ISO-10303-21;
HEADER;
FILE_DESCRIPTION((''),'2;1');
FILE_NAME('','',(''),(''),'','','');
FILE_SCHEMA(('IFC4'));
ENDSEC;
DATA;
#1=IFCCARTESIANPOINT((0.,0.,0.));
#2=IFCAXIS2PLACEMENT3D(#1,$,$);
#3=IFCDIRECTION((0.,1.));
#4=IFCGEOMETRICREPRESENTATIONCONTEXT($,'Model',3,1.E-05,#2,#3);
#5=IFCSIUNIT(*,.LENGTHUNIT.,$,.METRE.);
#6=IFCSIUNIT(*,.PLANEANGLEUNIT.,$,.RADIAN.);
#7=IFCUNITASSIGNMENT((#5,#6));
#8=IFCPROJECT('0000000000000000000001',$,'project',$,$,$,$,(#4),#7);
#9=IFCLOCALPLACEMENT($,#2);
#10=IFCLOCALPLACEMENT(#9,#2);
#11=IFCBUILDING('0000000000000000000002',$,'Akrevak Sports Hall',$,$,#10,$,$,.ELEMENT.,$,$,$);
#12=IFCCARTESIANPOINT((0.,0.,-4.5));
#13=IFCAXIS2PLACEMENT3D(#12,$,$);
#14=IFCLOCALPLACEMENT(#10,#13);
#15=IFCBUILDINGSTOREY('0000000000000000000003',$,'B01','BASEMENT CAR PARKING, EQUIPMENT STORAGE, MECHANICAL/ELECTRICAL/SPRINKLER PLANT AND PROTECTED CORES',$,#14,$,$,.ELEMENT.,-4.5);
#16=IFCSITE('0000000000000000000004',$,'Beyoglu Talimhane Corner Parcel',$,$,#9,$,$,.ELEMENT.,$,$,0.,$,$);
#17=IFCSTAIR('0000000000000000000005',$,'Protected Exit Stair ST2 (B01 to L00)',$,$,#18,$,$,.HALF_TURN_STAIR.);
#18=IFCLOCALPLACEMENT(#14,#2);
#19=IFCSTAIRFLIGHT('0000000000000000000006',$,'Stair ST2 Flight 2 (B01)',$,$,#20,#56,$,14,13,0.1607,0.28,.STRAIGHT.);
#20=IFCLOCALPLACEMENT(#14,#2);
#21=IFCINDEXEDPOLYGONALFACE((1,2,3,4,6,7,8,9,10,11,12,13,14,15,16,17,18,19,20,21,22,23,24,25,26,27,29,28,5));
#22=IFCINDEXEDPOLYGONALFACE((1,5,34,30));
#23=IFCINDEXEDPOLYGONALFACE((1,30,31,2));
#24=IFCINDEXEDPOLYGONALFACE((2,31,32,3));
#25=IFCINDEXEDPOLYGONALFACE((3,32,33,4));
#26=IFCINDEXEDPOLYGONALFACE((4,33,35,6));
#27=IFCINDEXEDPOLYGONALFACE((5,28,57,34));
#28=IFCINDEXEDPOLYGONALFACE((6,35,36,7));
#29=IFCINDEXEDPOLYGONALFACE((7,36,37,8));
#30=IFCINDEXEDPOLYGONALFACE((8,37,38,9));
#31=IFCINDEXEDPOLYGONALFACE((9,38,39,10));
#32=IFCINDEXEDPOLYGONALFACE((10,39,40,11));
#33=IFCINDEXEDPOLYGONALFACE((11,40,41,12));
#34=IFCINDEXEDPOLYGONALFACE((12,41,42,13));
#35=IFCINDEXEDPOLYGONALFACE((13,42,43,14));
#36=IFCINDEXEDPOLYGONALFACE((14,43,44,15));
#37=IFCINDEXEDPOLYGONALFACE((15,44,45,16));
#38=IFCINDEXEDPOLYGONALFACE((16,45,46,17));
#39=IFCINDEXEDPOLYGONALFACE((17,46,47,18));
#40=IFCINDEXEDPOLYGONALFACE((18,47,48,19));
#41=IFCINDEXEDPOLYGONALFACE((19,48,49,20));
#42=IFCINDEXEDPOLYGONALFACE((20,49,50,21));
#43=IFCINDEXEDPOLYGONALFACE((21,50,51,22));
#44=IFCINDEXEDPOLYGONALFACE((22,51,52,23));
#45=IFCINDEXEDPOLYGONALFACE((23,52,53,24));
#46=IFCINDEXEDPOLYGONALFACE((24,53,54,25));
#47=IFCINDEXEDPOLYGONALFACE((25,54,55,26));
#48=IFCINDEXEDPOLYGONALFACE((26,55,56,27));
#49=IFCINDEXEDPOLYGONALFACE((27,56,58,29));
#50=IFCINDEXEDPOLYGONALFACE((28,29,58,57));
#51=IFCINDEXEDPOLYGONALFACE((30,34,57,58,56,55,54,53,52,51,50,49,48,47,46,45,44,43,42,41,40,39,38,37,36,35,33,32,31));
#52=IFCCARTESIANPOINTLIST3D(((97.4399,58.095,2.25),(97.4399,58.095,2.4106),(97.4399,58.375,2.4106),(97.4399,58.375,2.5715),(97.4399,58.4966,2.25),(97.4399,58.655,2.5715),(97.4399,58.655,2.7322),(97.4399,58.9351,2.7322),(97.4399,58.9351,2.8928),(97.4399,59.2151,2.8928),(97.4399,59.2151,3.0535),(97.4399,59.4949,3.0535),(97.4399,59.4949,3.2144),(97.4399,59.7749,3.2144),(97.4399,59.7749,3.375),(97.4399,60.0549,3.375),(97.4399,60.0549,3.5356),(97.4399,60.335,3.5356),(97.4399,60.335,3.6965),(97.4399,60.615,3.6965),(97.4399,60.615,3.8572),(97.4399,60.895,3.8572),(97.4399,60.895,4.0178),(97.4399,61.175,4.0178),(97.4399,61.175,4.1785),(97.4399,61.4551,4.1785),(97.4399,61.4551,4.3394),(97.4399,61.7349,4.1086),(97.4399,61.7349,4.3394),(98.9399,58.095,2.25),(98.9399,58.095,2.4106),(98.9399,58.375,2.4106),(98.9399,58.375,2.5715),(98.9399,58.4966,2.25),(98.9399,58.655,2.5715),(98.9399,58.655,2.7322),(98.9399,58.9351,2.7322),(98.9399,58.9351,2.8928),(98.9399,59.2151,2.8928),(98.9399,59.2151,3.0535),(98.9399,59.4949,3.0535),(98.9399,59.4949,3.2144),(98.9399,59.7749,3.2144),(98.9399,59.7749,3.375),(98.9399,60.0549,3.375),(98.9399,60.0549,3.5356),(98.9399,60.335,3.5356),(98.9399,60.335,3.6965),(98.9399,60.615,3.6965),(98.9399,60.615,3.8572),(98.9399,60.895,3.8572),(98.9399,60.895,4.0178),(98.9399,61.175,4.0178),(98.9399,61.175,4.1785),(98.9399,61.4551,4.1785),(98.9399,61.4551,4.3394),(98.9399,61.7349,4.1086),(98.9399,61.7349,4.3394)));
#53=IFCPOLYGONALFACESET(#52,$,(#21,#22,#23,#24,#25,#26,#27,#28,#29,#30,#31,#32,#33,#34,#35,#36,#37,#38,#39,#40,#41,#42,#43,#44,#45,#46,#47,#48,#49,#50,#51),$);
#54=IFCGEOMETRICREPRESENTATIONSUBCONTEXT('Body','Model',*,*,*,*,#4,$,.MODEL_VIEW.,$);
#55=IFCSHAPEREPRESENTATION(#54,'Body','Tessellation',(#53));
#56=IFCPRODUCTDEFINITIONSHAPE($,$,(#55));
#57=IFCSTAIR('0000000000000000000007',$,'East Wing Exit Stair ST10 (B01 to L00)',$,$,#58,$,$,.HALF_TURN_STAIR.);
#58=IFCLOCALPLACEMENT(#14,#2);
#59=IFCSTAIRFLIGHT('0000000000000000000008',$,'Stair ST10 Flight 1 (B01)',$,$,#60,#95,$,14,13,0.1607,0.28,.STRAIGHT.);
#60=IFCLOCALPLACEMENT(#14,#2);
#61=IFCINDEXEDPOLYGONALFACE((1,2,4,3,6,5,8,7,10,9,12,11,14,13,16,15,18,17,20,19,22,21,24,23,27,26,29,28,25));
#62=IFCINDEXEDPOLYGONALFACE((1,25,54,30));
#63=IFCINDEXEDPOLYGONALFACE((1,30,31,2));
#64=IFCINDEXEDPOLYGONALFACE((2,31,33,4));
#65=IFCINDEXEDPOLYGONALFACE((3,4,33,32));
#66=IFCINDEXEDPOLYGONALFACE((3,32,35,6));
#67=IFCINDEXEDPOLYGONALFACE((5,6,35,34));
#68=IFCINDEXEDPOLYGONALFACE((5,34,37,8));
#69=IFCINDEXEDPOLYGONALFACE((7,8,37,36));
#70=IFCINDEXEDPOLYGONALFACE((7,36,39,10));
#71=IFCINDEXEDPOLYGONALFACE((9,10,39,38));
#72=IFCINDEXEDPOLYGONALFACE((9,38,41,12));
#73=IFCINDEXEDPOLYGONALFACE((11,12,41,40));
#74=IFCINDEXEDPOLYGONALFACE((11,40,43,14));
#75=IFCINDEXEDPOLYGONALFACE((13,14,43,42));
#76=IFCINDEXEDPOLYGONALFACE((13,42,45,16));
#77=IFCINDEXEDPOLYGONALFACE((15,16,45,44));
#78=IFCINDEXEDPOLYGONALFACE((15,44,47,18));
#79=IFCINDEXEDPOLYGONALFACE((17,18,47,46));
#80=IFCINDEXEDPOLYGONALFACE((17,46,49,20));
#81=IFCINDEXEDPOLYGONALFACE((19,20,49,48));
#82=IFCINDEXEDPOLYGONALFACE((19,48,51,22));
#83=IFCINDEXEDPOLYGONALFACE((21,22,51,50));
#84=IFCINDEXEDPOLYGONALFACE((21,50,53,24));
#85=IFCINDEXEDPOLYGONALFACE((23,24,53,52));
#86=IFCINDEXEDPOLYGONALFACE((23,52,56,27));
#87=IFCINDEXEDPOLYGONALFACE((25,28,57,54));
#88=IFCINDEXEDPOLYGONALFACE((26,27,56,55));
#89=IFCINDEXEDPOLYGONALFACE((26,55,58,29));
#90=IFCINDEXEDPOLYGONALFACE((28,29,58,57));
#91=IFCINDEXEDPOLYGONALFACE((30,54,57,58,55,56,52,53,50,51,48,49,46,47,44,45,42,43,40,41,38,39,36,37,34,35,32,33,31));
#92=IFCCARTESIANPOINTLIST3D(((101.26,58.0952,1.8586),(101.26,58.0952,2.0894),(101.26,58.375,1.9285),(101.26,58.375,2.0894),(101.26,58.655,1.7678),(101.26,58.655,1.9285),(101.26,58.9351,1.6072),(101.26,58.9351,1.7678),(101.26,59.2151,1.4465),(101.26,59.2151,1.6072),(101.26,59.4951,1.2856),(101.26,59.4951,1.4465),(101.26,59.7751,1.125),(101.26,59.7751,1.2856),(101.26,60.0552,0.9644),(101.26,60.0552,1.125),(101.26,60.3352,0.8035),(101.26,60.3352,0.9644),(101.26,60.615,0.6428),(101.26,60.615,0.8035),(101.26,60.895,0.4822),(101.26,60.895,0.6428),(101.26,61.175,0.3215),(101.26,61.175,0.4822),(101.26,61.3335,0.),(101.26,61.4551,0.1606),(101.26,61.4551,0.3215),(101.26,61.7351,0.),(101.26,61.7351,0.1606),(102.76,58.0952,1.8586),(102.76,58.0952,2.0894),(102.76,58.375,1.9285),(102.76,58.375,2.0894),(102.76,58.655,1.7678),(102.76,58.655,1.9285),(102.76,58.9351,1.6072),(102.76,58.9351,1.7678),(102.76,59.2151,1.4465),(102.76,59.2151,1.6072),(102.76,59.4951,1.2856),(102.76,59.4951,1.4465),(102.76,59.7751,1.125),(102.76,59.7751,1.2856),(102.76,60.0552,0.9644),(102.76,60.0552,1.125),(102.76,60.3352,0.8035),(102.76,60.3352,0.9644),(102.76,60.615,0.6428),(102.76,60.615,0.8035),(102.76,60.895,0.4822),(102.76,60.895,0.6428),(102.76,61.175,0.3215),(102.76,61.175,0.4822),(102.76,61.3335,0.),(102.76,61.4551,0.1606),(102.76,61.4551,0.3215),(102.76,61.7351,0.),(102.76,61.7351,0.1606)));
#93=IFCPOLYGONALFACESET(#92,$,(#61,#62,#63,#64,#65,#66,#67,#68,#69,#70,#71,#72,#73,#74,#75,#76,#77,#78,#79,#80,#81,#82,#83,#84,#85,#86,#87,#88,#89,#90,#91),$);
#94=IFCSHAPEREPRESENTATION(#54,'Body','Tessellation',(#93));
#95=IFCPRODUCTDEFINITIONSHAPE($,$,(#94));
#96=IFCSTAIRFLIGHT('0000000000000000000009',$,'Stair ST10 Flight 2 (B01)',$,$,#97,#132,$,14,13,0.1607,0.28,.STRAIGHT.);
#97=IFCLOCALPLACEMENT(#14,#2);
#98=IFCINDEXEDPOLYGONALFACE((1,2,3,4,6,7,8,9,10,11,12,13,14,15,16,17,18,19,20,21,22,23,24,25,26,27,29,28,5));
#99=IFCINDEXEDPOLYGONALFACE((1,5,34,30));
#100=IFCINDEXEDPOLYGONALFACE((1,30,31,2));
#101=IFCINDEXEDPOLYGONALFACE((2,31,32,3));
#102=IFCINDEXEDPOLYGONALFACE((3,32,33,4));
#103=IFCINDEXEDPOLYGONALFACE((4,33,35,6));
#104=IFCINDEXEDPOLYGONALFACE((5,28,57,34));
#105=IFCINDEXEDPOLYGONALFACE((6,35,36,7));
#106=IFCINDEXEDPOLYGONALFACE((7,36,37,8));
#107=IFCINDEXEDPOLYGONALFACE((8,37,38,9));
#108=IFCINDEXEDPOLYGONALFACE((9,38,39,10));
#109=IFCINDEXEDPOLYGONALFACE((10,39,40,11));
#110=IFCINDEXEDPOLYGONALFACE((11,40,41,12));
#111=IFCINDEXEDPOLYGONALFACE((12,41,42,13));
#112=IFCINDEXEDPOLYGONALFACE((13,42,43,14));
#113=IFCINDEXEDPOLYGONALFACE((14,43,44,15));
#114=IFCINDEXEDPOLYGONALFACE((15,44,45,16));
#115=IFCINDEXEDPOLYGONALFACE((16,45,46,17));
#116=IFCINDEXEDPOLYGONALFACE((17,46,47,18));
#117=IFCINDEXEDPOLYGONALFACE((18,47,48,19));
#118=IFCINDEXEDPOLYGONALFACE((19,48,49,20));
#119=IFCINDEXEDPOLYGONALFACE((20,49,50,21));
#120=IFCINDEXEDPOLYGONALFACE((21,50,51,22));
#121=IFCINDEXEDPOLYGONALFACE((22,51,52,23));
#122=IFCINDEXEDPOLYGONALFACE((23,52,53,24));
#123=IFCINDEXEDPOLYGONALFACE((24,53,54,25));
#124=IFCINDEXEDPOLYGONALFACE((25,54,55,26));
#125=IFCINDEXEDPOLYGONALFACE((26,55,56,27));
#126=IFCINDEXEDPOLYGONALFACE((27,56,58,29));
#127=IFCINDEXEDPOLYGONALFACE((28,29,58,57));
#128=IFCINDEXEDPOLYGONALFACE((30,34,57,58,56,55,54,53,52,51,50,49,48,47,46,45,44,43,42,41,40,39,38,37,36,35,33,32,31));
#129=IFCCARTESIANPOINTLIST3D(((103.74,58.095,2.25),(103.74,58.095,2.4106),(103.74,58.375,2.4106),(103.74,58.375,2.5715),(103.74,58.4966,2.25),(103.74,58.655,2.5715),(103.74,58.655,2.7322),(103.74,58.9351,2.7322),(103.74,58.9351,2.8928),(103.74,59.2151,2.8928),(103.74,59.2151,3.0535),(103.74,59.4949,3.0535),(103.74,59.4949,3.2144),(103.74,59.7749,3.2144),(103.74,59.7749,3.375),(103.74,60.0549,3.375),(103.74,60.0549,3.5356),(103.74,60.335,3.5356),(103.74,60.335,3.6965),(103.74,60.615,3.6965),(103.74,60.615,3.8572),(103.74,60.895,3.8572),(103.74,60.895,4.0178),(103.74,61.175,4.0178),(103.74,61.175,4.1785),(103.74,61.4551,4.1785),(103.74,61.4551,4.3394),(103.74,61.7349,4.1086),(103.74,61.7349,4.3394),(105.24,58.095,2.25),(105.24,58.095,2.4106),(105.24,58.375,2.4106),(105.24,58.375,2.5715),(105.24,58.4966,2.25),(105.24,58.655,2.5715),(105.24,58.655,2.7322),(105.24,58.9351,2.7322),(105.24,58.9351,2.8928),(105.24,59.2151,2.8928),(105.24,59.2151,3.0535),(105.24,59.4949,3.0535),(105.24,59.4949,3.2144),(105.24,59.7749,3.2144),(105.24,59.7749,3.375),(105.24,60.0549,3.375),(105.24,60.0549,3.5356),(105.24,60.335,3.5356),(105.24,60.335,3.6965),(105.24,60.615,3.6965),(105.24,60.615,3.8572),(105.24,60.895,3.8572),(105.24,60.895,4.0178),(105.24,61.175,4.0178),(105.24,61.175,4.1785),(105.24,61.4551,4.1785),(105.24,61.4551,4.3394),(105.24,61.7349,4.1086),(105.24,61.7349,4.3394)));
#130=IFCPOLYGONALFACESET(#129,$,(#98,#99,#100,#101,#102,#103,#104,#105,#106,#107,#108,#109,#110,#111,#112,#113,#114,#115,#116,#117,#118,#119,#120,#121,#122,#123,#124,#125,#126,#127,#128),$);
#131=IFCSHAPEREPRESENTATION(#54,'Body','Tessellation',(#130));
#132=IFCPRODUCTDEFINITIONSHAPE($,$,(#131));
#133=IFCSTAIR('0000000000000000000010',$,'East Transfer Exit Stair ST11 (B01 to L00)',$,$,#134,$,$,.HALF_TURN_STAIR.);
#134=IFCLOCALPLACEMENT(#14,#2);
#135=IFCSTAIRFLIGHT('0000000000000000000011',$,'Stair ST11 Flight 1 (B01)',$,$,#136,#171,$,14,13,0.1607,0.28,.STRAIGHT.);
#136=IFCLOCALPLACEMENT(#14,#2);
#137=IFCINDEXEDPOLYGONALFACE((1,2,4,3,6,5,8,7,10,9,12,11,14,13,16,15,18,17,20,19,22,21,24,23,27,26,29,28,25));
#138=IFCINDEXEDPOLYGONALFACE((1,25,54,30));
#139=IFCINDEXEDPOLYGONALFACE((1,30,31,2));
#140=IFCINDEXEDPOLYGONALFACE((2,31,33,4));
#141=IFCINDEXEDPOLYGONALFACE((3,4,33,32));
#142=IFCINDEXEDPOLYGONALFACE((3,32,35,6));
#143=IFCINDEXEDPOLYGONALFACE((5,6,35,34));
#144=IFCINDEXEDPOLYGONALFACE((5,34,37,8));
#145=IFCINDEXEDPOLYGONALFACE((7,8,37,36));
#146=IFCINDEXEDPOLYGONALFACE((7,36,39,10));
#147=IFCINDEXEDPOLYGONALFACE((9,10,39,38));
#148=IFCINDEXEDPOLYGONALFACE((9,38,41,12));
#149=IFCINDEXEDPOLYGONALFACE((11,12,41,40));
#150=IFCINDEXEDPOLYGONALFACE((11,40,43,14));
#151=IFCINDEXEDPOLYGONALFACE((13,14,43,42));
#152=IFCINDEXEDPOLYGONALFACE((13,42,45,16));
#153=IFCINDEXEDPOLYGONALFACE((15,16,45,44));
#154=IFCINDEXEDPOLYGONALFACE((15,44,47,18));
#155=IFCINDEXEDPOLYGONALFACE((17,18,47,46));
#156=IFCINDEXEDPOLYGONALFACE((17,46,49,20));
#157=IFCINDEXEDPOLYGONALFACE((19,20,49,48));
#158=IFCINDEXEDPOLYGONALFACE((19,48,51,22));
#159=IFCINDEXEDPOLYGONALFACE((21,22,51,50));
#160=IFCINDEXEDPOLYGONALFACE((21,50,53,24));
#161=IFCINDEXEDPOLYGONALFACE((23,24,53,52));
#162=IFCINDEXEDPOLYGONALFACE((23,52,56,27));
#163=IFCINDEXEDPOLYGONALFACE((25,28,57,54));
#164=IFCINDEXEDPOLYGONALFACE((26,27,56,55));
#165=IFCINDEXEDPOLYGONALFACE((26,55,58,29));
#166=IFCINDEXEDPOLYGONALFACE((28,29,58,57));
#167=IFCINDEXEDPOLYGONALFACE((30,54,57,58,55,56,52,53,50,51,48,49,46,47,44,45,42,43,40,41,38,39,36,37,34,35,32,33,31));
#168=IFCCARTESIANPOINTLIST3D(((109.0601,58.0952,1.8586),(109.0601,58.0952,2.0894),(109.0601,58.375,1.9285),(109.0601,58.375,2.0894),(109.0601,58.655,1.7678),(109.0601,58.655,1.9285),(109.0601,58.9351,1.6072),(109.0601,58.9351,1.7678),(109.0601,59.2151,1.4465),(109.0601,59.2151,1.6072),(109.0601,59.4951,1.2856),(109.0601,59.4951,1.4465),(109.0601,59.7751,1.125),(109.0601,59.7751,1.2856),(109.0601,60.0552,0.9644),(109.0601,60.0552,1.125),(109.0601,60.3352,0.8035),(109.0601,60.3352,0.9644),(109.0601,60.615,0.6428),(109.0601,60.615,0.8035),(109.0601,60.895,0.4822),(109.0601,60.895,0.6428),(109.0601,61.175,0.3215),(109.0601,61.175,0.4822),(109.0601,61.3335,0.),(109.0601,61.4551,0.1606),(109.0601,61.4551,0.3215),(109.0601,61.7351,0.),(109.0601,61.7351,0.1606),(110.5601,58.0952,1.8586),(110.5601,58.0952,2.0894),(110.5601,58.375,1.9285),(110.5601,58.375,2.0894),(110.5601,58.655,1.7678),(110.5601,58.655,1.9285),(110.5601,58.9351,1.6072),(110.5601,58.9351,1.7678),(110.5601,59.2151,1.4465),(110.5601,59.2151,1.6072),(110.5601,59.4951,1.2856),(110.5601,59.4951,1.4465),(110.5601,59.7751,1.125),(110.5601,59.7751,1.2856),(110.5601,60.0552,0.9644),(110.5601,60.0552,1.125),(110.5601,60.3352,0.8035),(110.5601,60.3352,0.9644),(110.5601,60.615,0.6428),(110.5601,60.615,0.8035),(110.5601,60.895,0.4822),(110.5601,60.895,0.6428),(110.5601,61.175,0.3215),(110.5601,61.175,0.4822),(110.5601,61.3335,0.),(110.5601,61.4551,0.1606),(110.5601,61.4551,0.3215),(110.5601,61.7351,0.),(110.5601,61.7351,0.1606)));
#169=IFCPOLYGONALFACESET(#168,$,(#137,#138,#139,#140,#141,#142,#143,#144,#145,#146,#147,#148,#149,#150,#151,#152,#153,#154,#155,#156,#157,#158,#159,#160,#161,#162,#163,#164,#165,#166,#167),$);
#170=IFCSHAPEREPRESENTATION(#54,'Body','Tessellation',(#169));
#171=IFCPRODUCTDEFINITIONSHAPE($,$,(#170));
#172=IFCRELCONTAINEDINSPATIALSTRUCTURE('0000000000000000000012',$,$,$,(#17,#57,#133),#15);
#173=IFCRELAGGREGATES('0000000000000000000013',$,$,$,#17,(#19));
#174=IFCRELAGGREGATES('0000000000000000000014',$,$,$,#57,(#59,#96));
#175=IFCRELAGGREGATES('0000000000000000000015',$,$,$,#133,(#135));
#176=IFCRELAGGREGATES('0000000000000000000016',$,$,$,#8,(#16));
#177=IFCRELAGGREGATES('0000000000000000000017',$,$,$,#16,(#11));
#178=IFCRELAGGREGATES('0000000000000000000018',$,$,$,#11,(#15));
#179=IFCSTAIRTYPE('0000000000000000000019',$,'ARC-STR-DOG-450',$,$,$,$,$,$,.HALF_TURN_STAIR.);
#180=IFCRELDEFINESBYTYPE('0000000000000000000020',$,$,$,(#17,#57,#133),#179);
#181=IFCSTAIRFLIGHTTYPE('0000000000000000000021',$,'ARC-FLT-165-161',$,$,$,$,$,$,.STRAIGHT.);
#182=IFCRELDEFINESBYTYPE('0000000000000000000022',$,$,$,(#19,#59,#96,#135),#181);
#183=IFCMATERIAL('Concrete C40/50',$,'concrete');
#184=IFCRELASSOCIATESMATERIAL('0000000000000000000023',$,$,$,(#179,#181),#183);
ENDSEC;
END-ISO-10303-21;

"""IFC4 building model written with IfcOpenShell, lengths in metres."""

from ifc_helpers import new_model, si_unit, direction, frame, origin, place, context, subcontext, project, spatial, polyline, outline, extrude, material, type_object, element, aggregate, save


model = new_model("IFC4")

# Units and contexts
model_context = context("Model", 3, precision=1e-05, world=origin(), true_north=direction((0.0, 1.0)))
body_context = subcontext(model_context, "Body", "Model", "MODEL_VIEW")
ifc_project = project(units=[si_unit("LENGTHUNIT", "METRE"), si_unit("PLANEANGLEUNIT", "RADIAN")], contexts=[model_context])

# Site, building, storey
site_placement = place(None, origin())
site = spatial("IfcSite", under=ifc_project, at=site_placement, Name="Beyoglu Talimhane Corner Parcel", CompositionType="ELEMENT", RefElevation=0.0)
building_placement = place(site_placement, origin())
building = spatial("IfcBuilding", under=site, at=building_placement, Name="Akrevak Sports Hall", CompositionType="ELEMENT")
storey_placement = place(building_placement, frame((0.0, 0.0, -4.5)))
storey = spatial("IfcBuildingStorey", under=building, at=storey_placement, Name="B01", Description="BASEMENT CAR PARKING, EQUIPMENT STORAGE, MECHANICAL/ELECTRICAL/SPRINKLER PLANT AND PROTECTED CORES", CompositionType="ELEMENT", Elevation=-4.5)

# Shared definitions
ifc_material_1 = material(Name="Concrete C40/50", Category="concrete")

# Stair, stair flight
stair_type = type_object("IfcStairType", Name="ARC-STR-DOG-450", PredefinedType="HALF_TURN_STAIR", material=ifc_material_1)
stair_1_placement = place(storey_placement, origin())
stair_1 = element("IfcStair", 1, at=stair_1_placement, inside=storey, type_object=stair_type, Name="Protected Exit Stair ST2 (B01 to L00)", PredefinedType="HALF_TURN_STAIR")
stair_flight_type = type_object("IfcStairFlightType", Name="ARC-FLT-165-161", PredefinedType="STRAIGHT", material=ifc_material_1)
stair_flight_1_placement = place(storey_placement, frame((98.1899, 58.095, 2.25), z_axis=(0.0, 0.0, 1.0), x_axis=(0.0, 1.0, 0.0)))
stair_flight_1 = element("IfcStairFlight", 2, at=stair_flight_1_placement, type_object=stair_flight_type, Name="Stair ST2 Flight 2 (B01)", NumberOfRisers=14, NumberOfTreads=13, PredefinedType="STRAIGHT", RiserHeight=0.1607, TreadLength=0.28, context=body_context, shape_type="SweptSolid", body=[
    extrude(outline(polyline([(0.0, 0.0), (0.0, 0.1606), (0.28, 0.1606), (0.28, 0.3215), (0.5601, 0.3215), (0.5601, 0.4822), (0.8401, 0.4822), (0.8401, 0.6428), (1.1201, 0.6428), (1.1201, 0.8035), (1.3999, 0.8035), (1.3999, 0.9644), (1.6799, 0.9644), (1.6799, 1.125), (1.96, 1.125), (1.96, 1.2856), (2.24, 1.2856), (2.24, 1.4465), (2.52, 1.4465), (2.52, 1.6072), (2.8, 1.6072), (2.8, 1.7678), (3.0801, 1.7678), (3.0801, 1.9285), (3.3601, 1.9285), (3.3601, 2.0894), (3.6399, 2.0894), (3.6399, 2.25), (3.6399, 1.8586), (0.4016, 0.0), (0.0, 0.0)])), frame((0.0, 0.75, 0.0), z_axis=(0.0, -1.0, 0.0), x_axis=(1.0, 0.0, 0.0)), (0.0, 0.0, 1.0), 1.5),
])
aggregate(stair_1, [stair_flight_1])

# Stairs, stair flights
stair_2_placement = place(storey_placement, origin())
stair_2 = element("IfcStair", 3, at=stair_2_placement, inside=storey, type_object=stair_type, Name="East Wing Exit Stair ST10 (B01 to L00)", PredefinedType="HALF_TURN_STAIR")
stair_flight_2_placement = place(storey_placement, frame((102.01, 61.7351, 0.0), z_axis=(0.0, 0.0, 1.0), x_axis=(0.0, -1.0, 0.0)))
stair_flight_2 = element("IfcStairFlight", 4, at=stair_flight_2_placement, type_object=stair_flight_type, Name="Stair ST10 Flight 1 (B01)", NumberOfRisers=14, NumberOfTreads=13, PredefinedType="STRAIGHT", RiserHeight=0.1607, TreadLength=0.28, context=body_context, shape_type="SweptSolid", body=[
    extrude(outline(polyline([(0.0, 0.0), (0.0, 0.1606), (0.28, 0.1606), (0.28, 0.3215), (0.5601, 0.3215), (0.5601, 0.4822), (0.8401, 0.4822), (0.8401, 0.6428), (1.1201, 0.6428), (1.1201, 0.8035), (1.3999, 0.8035), (1.3999, 0.9644), (1.6799, 0.9644), (1.6799, 1.125), (1.96, 1.125), (1.96, 1.2856), (2.24, 1.2856), (2.24, 1.4465), (2.52, 1.4465), (2.52, 1.6072), (2.8, 1.6072), (2.8, 1.7678), (3.0801, 1.7678), (3.0801, 1.9285), (3.3601, 1.9285), (3.3601, 2.0894), (3.6399, 2.0894), (3.6399, 2.25), (3.6399, 1.8586), (0.4016, 0.0), (0.0, 0.0)])), frame((0.0, 0.75, 0.0), z_axis=(0.0, -1.0, 0.0), x_axis=(1.0, 0.0, 0.0)), (0.0, 0.0, 1.0), 1.5),
])
stair_flight_3_placement = place(storey_placement, frame((104.49, 58.095, 2.25), z_axis=(0.0, 0.0, 1.0), x_axis=(0.0, 1.0, 0.0)))
stair_flight_3 = element("IfcStairFlight", 5, at=stair_flight_3_placement, type_object=stair_flight_type, Name="Stair ST10 Flight 2 (B01)", NumberOfRisers=14, NumberOfTreads=13, PredefinedType="STRAIGHT", RiserHeight=0.1607, TreadLength=0.28, context=body_context, shape_type="SweptSolid", body=[
    extrude(outline(polyline([(0.0, 0.0), (0.0, 0.1606), (0.28, 0.1606), (0.28, 0.3215), (0.5601, 0.3215), (0.5601, 0.4822), (0.8401, 0.4822), (0.8401, 0.6428), (1.1201, 0.6428), (1.1201, 0.8035), (1.3999, 0.8035), (1.3999, 0.9644), (1.6799, 0.9644), (1.6799, 1.125), (1.96, 1.125), (1.96, 1.2856), (2.24, 1.2856), (2.24, 1.4465), (2.52, 1.4465), (2.52, 1.6072), (2.8, 1.6072), (2.8, 1.7678), (3.0801, 1.7678), (3.0801, 1.9285), (3.3601, 1.9285), (3.3601, 2.0894), (3.6399, 2.0894), (3.6399, 2.25), (3.6399, 1.8586), (0.4016, 0.0), (0.0, 0.0)])), frame((0.0, 0.75, 0.0), z_axis=(0.0, -1.0, 0.0), x_axis=(1.0, 0.0, 0.0)), (0.0, 0.0, 1.0), 1.5),
])
aggregate(stair_2, [stair_flight_2, stair_flight_3])
stair_3_placement = place(storey_placement, origin())
stair_3 = element("IfcStair", 6, at=stair_3_placement, inside=storey, type_object=stair_type, Name="East Transfer Exit Stair ST11 (B01 to L00)", PredefinedType="HALF_TURN_STAIR")
stair_flight_4_placement = place(storey_placement, frame((109.8101, 61.7351, 0.0), z_axis=(0.0, 0.0, 1.0), x_axis=(0.0, -1.0, 0.0)))
stair_flight_4 = element("IfcStairFlight", 7, at=stair_flight_4_placement, type_object=stair_flight_type, Name="Stair ST11 Flight 1 (B01)", NumberOfRisers=14, NumberOfTreads=13, PredefinedType="STRAIGHT", RiserHeight=0.1607, TreadLength=0.28, context=body_context, shape_type="SweptSolid", body=[
    extrude(outline(polyline([(0.0, 0.0), (0.0, 0.1606), (0.28, 0.1606), (0.28, 0.3215), (0.5601, 0.3215), (0.5601, 0.4822), (0.8401, 0.4822), (0.8401, 0.6428), (1.1201, 0.6428), (1.1201, 0.8035), (1.3999, 0.8035), (1.3999, 0.9644), (1.6799, 0.9644), (1.6799, 1.125), (1.96, 1.125), (1.96, 1.2856), (2.24, 1.2856), (2.24, 1.4465), (2.52, 1.4465), (2.52, 1.6072), (2.8, 1.6072), (2.8, 1.7678), (3.0801, 1.7678), (3.0801, 1.9285), (3.3601, 1.9285), (3.3601, 2.0894), (3.6399, 2.0894), (3.6399, 2.25), (3.6399, 1.8586), (0.4016, 0.0), (0.0, 0.0)])), frame((0.0, 0.75, 0.0), z_axis=(0.0, -1.0, 0.0), x_axis=(1.0, 0.0, 0.0)), (0.0, 0.0, 1.0), 1.5),
])
aggregate(stair_3, [stair_flight_4])

save(model, "model.ifc")
